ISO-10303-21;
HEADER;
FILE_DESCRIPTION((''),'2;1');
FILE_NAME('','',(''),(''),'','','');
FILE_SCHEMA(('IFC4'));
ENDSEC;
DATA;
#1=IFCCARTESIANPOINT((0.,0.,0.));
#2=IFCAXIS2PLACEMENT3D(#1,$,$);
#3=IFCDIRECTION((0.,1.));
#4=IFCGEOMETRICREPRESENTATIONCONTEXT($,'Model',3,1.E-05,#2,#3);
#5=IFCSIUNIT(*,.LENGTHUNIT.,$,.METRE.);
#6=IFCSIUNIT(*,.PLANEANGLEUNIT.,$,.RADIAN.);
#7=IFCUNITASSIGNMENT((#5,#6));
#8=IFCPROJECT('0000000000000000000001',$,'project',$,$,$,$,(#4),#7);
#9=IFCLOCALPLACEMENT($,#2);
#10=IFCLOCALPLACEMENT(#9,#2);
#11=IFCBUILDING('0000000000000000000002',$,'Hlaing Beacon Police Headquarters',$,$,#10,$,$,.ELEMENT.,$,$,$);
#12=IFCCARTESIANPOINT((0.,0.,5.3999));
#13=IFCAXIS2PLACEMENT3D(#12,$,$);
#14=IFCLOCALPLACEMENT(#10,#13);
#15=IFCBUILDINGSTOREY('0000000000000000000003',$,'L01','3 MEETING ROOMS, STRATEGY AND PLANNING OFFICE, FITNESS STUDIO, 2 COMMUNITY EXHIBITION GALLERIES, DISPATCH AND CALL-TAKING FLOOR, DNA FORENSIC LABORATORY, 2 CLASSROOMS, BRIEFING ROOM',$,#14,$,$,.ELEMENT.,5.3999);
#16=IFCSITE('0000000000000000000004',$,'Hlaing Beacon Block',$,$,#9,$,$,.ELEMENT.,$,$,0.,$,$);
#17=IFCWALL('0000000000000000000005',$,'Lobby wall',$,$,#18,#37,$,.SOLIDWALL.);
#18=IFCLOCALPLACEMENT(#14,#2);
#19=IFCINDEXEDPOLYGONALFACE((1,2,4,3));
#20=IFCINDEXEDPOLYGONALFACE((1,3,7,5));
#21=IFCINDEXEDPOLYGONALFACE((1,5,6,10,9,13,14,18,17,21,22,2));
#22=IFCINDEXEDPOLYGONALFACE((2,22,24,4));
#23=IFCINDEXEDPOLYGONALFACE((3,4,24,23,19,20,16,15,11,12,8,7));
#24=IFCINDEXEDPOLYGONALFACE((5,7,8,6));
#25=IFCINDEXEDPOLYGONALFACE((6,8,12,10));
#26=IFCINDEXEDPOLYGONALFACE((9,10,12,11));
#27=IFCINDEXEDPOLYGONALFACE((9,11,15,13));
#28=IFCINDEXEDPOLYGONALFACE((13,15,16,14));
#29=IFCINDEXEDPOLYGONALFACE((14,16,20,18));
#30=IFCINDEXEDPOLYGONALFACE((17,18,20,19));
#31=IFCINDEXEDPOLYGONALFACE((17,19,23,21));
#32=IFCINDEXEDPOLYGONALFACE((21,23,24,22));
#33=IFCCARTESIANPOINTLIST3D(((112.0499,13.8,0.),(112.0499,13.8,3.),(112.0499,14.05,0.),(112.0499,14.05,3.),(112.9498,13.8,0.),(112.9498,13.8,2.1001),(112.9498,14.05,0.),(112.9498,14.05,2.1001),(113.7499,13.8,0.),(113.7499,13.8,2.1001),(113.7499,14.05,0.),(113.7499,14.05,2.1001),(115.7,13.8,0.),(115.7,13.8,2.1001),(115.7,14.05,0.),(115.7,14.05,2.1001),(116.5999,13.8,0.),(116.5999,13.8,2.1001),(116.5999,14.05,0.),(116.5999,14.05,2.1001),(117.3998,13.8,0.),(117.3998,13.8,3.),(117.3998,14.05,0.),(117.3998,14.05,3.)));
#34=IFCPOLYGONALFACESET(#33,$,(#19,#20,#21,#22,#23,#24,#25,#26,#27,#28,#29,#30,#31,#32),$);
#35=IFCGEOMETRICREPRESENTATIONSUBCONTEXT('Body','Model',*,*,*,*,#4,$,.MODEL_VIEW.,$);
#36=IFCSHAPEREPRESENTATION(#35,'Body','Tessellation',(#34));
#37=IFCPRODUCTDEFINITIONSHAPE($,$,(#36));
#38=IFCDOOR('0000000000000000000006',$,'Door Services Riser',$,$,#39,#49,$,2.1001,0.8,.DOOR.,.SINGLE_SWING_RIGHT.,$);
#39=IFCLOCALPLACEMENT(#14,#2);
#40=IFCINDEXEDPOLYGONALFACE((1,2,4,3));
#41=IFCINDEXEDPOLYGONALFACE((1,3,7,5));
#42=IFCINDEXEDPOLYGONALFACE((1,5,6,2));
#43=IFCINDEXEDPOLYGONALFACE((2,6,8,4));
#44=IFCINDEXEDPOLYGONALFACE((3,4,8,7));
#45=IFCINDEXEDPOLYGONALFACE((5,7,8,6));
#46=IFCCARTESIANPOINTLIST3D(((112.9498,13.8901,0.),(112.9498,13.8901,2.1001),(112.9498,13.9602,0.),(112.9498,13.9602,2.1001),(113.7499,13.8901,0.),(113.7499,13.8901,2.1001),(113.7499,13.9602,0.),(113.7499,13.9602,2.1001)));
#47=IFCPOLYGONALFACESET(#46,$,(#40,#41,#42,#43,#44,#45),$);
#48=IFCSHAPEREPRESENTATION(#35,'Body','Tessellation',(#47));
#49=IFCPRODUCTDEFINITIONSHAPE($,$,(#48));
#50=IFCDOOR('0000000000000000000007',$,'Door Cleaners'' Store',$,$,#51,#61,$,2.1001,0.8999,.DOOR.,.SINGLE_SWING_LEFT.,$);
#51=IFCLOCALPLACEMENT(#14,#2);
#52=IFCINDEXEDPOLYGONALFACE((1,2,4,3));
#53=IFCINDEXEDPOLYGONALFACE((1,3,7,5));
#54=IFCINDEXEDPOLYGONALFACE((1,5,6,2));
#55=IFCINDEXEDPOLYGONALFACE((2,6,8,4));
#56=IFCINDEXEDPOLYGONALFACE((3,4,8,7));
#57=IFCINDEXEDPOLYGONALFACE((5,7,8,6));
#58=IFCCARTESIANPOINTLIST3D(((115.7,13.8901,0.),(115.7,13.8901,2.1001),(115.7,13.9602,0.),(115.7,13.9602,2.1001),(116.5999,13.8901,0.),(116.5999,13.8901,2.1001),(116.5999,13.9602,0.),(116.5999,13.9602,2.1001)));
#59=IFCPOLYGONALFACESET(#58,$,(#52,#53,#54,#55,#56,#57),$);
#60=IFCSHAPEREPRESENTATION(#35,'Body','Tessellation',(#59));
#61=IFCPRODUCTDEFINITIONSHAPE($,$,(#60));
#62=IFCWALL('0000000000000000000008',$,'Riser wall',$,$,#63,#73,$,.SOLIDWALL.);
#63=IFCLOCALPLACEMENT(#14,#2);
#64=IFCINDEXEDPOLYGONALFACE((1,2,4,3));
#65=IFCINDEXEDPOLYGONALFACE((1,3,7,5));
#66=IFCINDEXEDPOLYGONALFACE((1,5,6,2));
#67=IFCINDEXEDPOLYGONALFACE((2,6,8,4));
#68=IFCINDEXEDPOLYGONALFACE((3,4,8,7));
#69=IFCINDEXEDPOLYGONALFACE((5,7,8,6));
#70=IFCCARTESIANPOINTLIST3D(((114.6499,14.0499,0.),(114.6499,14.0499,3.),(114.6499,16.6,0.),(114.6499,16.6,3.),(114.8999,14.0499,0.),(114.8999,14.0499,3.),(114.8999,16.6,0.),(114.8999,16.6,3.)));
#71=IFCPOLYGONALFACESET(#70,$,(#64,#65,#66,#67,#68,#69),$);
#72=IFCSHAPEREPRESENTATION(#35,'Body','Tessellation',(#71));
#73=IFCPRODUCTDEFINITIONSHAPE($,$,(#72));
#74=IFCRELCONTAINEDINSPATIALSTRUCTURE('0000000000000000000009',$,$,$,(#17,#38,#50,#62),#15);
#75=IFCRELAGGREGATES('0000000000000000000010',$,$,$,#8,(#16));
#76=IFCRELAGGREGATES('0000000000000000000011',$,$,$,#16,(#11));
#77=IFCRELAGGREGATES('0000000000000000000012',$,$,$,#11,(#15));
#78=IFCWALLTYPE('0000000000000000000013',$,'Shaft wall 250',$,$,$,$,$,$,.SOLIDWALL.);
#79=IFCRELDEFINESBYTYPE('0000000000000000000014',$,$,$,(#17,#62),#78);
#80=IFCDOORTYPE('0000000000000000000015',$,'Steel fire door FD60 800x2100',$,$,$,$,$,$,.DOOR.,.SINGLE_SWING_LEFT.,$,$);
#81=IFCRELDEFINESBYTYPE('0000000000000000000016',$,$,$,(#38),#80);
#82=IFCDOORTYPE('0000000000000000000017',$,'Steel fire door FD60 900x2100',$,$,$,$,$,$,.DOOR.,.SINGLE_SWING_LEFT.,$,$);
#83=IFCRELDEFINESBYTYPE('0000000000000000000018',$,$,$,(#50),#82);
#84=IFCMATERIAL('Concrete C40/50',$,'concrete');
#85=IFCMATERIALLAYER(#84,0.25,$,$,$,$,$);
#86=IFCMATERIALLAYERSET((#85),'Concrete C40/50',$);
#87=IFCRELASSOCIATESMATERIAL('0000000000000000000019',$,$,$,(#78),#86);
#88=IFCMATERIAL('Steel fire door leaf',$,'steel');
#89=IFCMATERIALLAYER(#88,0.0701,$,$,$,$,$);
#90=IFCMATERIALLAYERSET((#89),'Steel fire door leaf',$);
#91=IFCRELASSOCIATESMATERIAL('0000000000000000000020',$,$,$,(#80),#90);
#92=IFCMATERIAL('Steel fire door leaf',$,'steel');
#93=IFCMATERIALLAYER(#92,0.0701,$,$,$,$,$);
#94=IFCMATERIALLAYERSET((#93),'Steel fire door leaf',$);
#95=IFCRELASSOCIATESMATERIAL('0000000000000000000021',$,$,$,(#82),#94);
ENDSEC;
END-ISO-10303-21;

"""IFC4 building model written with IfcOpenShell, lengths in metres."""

from ifc_helpers import new_model, si_unit, direction, frame, frame_2d, origin, place, context, subcontext, project, spatial, rectangle, extrude, material, layer, layer_set, type_object, element, fill, save


model = new_model("IFC4")

# Units and contexts
model_context = context("Model", 3, precision=1e-05, world=origin(), true_north=direction((0.0, 1.0)))
body_context = subcontext(model_context, "Body", "Model", "MODEL_VIEW")
ifc_project = project(units=[si_unit("LENGTHUNIT", "METRE"), si_unit("PLANEANGLEUNIT", "RADIAN")], contexts=[model_context])

# Site, building, storey
site_placement = place(None, origin())
site = spatial("IfcSite", under=ifc_project, at=site_placement, Name="Hlaing Beacon Block", CompositionType="ELEMENT", RefElevation=0.0)
building_placement = place(site_placement, origin())
building = spatial("IfcBuilding", under=site, at=building_placement, Name="Hlaing Beacon Police Headquarters", CompositionType="ELEMENT")
storey_placement = place(building_placement, frame((0.0, 0.0, 5.3999)))
storey = spatial("IfcBuildingStorey", under=building, at=storey_placement, Name="L01", Description="3 MEETING ROOMS, STRATEGY AND PLANNING OFFICE, FITNESS STUDIO, 2 COMMUNITY EXHIBITION GALLERIES, DISPATCH AND CALL-TAKING FLOOR, DNA FORENSIC LABORATORY, 2 CLASSROOMS, BRIEFING ROOM", CompositionType="ELEMENT", Elevation=5.3999)

# Shared definitions
ifc_material_1 = material(Name="Concrete C40/50", Category="concrete")
ifc_layer_1 = layer(ifc_material_1, 0.25)
ifc_layer_set_1 = layer_set([ifc_layer_1], Name="Concrete C40/50")
wall_type_1 = type_object("IfcWallType", Name="Shaft wall 250", PredefinedType="SOLIDWALL", material=ifc_layer_set_1)

# Wall, openings, doors
wall_1_placement = place(storey_placement, frame((112.05, 13.925, 0.0), z_axis=(0.0, 0.0, 1.0), x_axis=(1.0, 0.0, 0.0)))
wall_1 = element("IfcWall", 1, at=wall_1_placement, inside=storey, type_object=wall_type_1, Name="Lobby wall", PredefinedType="SOLIDWALL", context=body_context, shape_type="SweptSolid", body=[
    extrude(rectangle(XDim=5.3499, YDim=0.25, at=frame_2d((2.6748, 0.0))), origin(), (0.0, 0.0, 1.0), 3.0),
])
opening_1_placement = place(wall_1_placement, frame((3.6499, 0.0, 0.0)))
opening_1 = element("IfcOpeningElement", 2, at=opening_1_placement, cuts=wall_1, PredefinedType="OPENING", context=body_context, shape_type="SweptSolid", body=[
    extrude(rectangle(XDim=0.8999, YDim=2.1001, at=frame_2d((0.45, 1.05))), frame((0.0, 0.135, 0.0), z_axis=(0.0, -1.0, 0.0), x_axis=(1.0, 0.0, 0.0)), (0.0, 0.0, 1.0), 0.27),
])
opening_2_placement = place(wall_1_placement, frame((0.8999, 0.0, 0.0)))
opening_2 = element("IfcOpeningElement", 3, at=opening_2_placement, cuts=wall_1, PredefinedType="OPENING", context=body_context, shape_type="SweptSolid", body=[
    extrude(rectangle(XDim=0.8, YDim=2.1001, at=frame_2d((0.3999, 1.05))), frame((0.0, 0.135, 0.0), z_axis=(0.0, -1.0, 0.0), x_axis=(1.0, 0.0, 0.0)), (0.0, 0.0, 1.0), 0.27),
])
ifc_material_2 = material(Name="Steel fire door leaf", Category="steel")
ifc_layer_2 = layer(ifc_material_2, 0.0701)
ifc_layer_set_2 = layer_set([ifc_layer_2], Name="Steel fire door leaf")
door_type_1 = type_object("IfcDoorType", Name="Steel fire door FD60 800x2100", OperationType="SINGLE_SWING_LEFT", PredefinedType="DOOR", material=ifc_layer_set_2)
door_1_placement = place(opening_2_placement, origin())
door_1 = element("IfcDoor", 4, at=door_1_placement, inside=storey, type_object=door_type_1, Name="Door Services Riser", OperationType="SINGLE_SWING_RIGHT", OverallHeight=2.1001, OverallWidth=0.8, PredefinedType="DOOR", context=body_context, shape_type="SweptSolid", body=[
    extrude(rectangle(XDim=0.8, YDim=2.1001, at=frame_2d((0.3999, 1.05))), frame((0.0, 0.0352, 0.0), z_axis=(0.0, -1.0, 0.0), x_axis=(1.0, 0.0, 0.0)), (0.0, 0.0, 1.0), 0.0701),
])
fill(opening_2, door_1)
ifc_material_3 = material(Name="Steel fire door leaf", Category="steel")
ifc_layer_3 = layer(ifc_material_3, 0.0701)
ifc_layer_set_3 = layer_set([ifc_layer_3], Name="Steel fire door leaf")
door_type_2 = type_object("IfcDoorType", Name="Steel fire door FD60 900x2100", OperationType="SINGLE_SWING_LEFT", PredefinedType="DOOR", material=ifc_layer_set_3)
door_2_placement = place(opening_1_placement, origin())
door_2 = element("IfcDoor", 5, at=door_2_placement, inside=storey, type_object=door_type_2, Name="Door Cleaners' Store", OperationType="SINGLE_SWING_LEFT", OverallHeight=2.1001, OverallWidth=0.8999, PredefinedType="DOOR", context=body_context, shape_type="SweptSolid", body=[
    extrude(rectangle(XDim=0.8999, YDim=2.1001, at=frame_2d((0.45, 1.05))), frame((0.0, 0.0352, 0.0), z_axis=(0.0, -1.0, 0.0), x_axis=(1.0, 0.0, 0.0)), (0.0, 0.0, 1.0), 0.0701),
])
fill(opening_1, door_2)

# Wall
wall_2_placement = place(storey_placement, frame((114.7749, 14.05, 0.0), z_axis=(0.0, 0.0, 1.0), x_axis=(0.0, 1.0, 0.0)))
element("IfcWall", 6, at=wall_2_placement, inside=storey, type_object=wall_type_1, Name="Riser wall", PredefinedType="SOLIDWALL", context=body_context, shape_type="SweptSolid", body=[
    extrude(rectangle(XDim=2.55, YDim=0.25, at=frame_2d((1.2749, 0.0))), origin(), (0.0, 0.0, 1.0), 3.0),
])

save(model, "model.ifc")
